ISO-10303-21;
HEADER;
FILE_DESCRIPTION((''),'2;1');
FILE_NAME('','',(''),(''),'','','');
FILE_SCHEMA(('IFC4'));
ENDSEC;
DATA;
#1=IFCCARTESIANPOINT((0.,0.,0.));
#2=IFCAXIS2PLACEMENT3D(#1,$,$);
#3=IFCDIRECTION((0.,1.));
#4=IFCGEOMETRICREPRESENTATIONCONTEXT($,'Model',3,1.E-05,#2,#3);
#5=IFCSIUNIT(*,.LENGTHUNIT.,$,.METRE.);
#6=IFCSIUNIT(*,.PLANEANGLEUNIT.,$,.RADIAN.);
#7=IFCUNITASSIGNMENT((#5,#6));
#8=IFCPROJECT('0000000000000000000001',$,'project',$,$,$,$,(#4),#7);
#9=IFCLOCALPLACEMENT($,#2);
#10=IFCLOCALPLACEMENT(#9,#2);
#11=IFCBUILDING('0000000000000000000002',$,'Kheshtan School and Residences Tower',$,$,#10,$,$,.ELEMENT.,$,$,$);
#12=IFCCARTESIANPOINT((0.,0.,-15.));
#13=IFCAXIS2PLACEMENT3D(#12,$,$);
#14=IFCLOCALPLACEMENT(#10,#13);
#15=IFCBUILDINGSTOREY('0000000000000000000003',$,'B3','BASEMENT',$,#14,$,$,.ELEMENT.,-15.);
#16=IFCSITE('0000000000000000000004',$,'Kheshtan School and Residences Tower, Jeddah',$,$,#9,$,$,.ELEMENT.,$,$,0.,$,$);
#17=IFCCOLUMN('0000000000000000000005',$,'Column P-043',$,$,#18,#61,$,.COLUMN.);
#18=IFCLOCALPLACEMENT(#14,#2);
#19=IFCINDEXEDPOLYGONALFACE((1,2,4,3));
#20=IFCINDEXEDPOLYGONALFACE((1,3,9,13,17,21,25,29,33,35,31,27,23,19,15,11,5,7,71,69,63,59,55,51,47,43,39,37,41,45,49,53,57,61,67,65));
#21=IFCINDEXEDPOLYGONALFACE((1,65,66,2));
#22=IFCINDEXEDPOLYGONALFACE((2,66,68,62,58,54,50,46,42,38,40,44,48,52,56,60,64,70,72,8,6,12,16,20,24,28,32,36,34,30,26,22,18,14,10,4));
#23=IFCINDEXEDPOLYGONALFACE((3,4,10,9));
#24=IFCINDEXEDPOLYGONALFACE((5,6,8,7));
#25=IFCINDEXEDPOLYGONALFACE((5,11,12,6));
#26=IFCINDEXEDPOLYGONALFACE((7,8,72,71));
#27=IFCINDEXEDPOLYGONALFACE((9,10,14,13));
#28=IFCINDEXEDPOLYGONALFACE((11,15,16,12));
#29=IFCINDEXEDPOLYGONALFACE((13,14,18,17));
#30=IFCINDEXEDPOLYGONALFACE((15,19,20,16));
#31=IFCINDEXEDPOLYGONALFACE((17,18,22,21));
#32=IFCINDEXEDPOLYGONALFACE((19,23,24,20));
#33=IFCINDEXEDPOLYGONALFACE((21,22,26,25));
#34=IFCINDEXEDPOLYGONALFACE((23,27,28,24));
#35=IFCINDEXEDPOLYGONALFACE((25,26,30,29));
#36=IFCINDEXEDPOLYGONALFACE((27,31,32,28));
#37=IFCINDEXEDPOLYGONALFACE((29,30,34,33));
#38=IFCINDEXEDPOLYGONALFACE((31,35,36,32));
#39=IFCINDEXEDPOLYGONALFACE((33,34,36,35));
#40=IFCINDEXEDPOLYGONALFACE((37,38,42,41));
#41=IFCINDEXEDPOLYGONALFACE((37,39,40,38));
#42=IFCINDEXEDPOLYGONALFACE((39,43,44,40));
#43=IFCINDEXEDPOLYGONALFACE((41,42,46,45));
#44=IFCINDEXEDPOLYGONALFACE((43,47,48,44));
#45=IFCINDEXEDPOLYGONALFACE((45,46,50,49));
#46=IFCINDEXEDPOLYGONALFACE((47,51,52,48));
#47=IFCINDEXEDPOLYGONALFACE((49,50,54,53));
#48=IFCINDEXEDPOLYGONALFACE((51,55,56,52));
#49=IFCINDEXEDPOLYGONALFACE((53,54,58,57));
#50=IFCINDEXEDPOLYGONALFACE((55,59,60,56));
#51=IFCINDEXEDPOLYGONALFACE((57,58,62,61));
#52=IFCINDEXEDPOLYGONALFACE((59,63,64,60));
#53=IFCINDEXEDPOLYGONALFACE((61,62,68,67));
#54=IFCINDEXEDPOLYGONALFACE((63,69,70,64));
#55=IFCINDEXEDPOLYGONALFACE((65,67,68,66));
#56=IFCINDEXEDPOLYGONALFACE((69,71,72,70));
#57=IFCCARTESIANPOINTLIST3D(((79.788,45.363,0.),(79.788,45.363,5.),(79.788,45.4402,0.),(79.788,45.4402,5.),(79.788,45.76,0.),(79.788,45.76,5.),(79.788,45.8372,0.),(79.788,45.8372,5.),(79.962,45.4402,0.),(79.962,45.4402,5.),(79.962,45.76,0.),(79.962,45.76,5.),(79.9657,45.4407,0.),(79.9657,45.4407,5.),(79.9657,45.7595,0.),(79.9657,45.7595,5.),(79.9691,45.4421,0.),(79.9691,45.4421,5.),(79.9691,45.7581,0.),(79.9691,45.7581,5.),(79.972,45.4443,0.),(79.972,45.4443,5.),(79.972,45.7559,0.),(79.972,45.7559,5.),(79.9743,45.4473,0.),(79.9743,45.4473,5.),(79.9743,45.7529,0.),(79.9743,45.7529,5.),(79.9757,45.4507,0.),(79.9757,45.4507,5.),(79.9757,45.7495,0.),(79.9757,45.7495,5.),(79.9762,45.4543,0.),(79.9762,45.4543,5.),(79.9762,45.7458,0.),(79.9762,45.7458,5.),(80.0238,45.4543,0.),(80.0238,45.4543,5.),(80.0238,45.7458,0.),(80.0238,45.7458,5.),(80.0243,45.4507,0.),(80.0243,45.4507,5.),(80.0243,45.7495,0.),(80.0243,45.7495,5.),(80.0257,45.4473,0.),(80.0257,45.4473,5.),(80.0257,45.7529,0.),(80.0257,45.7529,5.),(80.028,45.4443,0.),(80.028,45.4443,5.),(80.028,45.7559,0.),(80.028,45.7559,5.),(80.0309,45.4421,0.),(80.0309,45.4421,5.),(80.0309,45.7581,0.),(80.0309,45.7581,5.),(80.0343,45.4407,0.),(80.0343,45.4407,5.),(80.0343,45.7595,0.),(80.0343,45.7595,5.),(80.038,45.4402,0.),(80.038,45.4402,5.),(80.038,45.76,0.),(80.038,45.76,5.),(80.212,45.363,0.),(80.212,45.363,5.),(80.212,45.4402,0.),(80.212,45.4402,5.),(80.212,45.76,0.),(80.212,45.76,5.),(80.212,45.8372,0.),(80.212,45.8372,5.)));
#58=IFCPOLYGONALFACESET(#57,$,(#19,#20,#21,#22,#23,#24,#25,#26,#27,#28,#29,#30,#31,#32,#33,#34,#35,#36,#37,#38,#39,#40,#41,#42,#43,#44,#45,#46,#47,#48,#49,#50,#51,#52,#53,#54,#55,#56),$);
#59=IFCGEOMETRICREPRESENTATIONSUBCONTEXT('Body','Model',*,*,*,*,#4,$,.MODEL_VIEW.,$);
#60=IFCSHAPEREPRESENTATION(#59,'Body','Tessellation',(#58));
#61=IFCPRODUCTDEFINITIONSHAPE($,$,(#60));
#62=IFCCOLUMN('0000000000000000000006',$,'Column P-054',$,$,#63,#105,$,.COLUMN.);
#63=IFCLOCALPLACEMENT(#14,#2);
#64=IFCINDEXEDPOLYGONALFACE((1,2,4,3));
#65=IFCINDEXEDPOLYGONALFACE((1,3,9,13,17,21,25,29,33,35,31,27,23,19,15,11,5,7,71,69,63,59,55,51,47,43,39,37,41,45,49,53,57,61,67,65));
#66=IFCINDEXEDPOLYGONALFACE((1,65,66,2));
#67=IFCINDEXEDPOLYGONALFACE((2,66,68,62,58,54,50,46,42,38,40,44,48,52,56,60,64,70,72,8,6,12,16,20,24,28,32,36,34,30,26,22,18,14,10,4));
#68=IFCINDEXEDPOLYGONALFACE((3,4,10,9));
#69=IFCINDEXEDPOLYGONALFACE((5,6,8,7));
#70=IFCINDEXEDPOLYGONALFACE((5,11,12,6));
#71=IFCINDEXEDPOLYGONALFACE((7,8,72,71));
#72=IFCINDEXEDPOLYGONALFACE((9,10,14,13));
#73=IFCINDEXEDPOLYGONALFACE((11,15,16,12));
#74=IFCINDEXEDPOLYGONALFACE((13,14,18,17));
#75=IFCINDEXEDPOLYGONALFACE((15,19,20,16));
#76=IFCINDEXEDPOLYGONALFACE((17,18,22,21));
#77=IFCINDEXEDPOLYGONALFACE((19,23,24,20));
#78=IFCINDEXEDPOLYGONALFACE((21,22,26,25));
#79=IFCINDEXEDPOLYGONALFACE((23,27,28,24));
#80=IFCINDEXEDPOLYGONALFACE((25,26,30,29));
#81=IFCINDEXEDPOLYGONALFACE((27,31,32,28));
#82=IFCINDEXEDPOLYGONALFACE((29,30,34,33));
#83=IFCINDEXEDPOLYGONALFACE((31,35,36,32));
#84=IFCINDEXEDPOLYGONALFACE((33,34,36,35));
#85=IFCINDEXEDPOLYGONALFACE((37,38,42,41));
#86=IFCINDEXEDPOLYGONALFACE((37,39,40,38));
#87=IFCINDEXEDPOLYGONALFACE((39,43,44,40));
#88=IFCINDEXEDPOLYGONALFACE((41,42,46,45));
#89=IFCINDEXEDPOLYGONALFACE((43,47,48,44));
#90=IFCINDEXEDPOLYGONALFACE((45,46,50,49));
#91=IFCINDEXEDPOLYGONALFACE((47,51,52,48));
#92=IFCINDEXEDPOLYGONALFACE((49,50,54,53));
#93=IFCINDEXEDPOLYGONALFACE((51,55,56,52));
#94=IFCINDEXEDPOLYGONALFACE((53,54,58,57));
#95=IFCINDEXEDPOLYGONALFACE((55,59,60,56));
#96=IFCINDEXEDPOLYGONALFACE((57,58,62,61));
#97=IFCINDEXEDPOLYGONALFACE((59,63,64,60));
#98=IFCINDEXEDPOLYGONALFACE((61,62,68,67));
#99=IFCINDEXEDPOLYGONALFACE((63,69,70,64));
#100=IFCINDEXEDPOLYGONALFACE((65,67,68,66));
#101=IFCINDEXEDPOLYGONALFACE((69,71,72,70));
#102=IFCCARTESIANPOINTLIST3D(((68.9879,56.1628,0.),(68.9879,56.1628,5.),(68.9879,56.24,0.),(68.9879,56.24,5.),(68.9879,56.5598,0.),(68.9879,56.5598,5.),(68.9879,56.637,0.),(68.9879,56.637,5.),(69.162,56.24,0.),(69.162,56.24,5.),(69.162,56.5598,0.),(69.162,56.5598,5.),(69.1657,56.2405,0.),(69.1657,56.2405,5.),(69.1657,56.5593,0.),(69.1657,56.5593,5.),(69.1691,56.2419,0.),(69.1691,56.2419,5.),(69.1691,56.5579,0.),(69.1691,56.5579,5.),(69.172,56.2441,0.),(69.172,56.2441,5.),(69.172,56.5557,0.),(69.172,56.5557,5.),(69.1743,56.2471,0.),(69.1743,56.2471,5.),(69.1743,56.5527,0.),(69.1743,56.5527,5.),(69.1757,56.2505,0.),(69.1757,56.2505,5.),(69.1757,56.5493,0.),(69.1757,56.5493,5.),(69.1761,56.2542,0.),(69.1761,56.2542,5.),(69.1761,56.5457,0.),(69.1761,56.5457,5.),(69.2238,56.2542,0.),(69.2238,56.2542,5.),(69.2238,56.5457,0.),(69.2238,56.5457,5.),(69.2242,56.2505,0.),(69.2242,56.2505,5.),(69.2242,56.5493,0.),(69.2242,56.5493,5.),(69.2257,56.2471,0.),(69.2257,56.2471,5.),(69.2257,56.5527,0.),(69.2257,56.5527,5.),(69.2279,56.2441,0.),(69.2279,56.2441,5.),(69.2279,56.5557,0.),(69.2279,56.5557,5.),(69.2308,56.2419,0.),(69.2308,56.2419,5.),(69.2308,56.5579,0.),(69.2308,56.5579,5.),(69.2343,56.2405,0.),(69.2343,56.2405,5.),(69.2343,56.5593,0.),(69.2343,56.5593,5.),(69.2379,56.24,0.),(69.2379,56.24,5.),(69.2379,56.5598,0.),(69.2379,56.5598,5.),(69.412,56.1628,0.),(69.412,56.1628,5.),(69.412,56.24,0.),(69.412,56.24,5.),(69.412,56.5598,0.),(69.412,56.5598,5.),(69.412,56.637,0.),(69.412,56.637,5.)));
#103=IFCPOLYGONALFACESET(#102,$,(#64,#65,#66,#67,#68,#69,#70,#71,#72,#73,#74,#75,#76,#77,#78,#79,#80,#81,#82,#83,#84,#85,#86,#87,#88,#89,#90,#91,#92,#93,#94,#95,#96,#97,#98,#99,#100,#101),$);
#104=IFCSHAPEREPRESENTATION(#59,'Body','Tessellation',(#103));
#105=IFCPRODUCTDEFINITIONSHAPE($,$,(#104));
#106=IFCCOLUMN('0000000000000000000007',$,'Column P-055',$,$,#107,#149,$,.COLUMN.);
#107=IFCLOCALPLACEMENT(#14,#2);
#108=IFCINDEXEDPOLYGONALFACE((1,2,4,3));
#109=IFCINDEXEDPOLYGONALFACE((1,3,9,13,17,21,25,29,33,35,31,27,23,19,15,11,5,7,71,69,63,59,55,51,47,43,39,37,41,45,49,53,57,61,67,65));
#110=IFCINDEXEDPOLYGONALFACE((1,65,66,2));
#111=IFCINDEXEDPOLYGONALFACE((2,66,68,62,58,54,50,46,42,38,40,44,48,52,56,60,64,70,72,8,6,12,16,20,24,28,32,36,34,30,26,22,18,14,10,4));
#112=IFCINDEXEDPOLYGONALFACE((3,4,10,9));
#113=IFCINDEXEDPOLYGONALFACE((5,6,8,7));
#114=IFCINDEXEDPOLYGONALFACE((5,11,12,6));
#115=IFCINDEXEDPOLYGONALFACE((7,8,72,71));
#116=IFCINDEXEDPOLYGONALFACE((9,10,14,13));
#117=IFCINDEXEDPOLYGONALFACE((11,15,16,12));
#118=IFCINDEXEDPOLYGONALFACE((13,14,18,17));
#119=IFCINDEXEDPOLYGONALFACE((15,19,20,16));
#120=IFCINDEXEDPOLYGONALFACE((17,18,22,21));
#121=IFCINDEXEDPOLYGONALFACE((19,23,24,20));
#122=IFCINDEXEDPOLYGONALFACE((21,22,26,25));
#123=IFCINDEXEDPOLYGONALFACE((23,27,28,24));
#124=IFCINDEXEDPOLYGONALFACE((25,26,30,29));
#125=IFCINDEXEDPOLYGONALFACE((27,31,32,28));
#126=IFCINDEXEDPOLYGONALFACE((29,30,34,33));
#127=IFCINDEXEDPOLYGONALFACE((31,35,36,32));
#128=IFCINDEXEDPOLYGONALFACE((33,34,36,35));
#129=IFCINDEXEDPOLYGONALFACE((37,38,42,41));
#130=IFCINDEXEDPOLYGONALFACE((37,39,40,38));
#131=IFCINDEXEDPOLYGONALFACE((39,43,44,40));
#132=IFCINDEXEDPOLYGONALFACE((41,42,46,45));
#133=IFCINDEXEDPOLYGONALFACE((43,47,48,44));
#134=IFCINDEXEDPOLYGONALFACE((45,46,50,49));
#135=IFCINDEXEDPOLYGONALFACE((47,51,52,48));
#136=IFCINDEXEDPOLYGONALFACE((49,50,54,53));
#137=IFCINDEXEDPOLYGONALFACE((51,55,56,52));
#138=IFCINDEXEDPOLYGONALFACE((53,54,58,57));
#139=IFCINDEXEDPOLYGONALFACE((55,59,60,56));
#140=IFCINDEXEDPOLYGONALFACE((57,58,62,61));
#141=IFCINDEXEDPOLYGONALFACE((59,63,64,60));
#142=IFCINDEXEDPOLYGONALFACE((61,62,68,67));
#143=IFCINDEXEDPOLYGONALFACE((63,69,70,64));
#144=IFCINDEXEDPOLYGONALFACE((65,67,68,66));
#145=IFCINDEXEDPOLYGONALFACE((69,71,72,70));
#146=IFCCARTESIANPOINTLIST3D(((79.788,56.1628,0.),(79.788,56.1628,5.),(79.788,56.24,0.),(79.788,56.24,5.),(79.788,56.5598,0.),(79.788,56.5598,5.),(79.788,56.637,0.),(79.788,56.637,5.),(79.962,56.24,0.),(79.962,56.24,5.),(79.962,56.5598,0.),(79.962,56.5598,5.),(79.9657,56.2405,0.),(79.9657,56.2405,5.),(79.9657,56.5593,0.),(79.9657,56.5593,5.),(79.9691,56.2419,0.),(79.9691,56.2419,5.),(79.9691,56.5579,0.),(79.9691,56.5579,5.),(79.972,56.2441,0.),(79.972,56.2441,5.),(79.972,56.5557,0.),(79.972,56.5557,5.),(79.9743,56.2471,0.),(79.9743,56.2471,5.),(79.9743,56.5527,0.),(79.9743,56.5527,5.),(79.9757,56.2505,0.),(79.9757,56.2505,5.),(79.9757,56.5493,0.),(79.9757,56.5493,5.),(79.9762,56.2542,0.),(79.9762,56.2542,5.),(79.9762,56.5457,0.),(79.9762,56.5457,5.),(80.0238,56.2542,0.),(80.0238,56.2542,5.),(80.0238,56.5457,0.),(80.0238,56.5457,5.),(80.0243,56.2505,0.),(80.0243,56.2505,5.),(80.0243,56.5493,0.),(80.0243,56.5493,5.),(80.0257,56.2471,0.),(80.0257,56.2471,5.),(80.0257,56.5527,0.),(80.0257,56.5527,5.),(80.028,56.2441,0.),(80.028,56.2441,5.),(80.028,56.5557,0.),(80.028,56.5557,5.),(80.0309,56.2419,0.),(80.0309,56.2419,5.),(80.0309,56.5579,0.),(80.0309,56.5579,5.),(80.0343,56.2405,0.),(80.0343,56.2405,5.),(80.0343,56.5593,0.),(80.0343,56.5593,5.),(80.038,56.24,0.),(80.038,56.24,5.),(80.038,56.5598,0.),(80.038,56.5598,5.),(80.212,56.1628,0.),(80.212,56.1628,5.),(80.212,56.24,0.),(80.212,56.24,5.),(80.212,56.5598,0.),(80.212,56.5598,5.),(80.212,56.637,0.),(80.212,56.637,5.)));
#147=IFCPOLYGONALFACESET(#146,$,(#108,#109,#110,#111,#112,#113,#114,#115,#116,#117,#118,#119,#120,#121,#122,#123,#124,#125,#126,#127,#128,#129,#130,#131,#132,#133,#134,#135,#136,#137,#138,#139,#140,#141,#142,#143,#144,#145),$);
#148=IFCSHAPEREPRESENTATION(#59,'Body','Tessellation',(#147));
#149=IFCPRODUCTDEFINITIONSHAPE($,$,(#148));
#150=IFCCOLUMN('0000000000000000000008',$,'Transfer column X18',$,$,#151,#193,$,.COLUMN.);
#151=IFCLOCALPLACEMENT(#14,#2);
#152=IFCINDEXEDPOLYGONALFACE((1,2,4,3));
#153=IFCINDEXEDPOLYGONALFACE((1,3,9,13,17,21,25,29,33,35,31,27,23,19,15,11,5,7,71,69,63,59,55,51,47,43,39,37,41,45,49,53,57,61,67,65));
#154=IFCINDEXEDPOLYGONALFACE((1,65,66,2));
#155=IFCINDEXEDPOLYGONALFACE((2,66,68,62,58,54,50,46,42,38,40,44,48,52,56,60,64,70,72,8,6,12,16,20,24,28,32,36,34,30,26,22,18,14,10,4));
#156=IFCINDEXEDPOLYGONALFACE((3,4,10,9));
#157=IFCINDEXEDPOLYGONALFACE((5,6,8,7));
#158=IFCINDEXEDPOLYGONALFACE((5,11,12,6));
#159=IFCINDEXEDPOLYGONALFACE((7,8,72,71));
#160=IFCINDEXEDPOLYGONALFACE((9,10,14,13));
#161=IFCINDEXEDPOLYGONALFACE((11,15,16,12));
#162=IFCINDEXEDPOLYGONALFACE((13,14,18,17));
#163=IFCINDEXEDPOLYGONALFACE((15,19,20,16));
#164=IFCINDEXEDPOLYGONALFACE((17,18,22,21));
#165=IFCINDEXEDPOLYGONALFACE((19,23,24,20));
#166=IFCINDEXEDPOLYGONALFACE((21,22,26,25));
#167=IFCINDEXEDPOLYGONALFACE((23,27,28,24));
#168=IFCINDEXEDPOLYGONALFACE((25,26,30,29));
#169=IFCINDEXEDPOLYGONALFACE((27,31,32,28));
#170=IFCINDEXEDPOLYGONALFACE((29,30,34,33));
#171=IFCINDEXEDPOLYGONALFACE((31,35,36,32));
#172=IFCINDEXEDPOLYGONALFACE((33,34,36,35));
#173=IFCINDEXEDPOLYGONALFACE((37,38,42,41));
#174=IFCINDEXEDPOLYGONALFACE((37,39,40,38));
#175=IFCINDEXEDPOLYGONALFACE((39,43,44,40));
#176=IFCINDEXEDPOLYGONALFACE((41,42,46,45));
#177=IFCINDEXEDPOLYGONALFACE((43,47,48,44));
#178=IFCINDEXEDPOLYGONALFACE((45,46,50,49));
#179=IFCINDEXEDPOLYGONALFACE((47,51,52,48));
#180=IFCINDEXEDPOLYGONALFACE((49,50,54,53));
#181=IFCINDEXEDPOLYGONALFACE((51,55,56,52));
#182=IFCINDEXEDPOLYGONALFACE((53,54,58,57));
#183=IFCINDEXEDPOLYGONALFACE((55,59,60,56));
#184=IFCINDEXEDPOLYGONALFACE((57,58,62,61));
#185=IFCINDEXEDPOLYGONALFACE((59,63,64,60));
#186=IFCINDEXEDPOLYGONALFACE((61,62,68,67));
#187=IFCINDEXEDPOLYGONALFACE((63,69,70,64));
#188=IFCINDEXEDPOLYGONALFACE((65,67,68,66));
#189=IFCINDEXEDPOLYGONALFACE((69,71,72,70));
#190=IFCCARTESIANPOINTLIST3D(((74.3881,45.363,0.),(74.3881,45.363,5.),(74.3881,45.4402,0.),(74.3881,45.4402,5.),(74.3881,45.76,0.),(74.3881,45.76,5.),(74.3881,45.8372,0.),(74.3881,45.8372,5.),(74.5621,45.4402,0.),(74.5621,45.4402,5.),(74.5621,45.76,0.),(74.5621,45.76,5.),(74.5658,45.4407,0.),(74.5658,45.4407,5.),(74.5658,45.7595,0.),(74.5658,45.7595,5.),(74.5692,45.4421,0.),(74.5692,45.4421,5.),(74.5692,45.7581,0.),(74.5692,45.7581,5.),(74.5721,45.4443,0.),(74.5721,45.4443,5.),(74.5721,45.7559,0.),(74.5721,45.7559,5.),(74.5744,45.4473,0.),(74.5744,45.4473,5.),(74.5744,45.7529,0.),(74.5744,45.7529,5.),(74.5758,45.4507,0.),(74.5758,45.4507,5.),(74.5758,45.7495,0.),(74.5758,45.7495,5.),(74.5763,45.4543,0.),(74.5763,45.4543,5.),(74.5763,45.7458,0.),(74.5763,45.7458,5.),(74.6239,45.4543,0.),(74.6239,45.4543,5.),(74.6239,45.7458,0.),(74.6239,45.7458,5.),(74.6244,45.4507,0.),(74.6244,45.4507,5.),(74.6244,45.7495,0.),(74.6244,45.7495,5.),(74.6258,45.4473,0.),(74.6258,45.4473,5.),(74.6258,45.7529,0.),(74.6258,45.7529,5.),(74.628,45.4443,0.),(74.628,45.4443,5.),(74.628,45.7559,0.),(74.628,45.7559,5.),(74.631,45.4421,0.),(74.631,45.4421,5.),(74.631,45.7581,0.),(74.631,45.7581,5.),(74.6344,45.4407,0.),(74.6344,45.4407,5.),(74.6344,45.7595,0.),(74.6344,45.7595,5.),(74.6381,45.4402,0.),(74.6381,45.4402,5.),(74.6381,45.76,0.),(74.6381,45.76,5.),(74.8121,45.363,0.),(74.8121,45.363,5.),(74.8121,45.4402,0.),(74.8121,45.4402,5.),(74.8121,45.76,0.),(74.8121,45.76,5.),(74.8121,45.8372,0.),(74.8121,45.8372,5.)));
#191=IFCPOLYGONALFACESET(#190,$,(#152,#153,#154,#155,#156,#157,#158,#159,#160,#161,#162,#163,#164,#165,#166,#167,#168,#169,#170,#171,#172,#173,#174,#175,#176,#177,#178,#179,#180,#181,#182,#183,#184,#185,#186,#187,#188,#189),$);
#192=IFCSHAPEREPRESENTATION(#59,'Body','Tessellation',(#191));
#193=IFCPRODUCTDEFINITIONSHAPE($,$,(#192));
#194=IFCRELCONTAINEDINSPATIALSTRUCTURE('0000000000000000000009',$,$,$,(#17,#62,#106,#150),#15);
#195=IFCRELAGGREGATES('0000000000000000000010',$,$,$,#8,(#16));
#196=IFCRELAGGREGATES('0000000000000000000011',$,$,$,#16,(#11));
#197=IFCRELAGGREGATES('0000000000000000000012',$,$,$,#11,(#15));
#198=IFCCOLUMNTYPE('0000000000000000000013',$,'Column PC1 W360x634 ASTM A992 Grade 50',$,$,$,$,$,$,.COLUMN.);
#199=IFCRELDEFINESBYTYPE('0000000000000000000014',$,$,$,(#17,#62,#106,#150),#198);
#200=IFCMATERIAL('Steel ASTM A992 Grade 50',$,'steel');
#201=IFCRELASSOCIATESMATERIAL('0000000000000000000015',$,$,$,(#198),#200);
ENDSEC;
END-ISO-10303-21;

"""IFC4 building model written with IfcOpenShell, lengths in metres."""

from ifc_helpers import new_model, si_unit, direction, frame, origin, origin_2d, place, context, subcontext, project, spatial, i_section, extrude, material, material_profile, profile_set, type_object, element, save


model = new_model("IFC4")

# Units and contexts
model_context = context("Model", 3, precision=1e-05, world=origin(), true_north=direction((0.0, 1.0)))
body_context = subcontext(model_context, "Body", "Model", "MODEL_VIEW")
ifc_project = project(units=[si_unit("LENGTHUNIT", "METRE"), si_unit("PLANEANGLEUNIT", "RADIAN")], contexts=[model_context])

# Site, building, storey
site_placement = place(None, origin())
site = spatial("IfcSite", under=ifc_project, at=site_placement, Name="Kheshtan School and Residences Tower, Jeddah", CompositionType="ELEMENT", RefElevation=0.0)
building_placement = place(site_placement, origin())
building = spatial("IfcBuilding", under=site, at=building_placement, Name="Kheshtan School and Residences Tower", CompositionType="ELEMENT")
storey_placement = place(building_placement, frame((0.0, 0.0, -15.0)))
storey = spatial("IfcBuildingStorey", under=building, at=storey_placement, Name="B3", Description="BASEMENT", CompositionType="ELEMENT", Elevation=-15.0)

# Columns
ifc_material_1 = material(Name="Steel ASTM A992 Grade 50", Category="steel")
ifc_material_profile_1 = material_profile(ifc_material_1, i_section(OverallWidth=0.4241, OverallDepth=0.4741, WebThickness=0.0476, FlangeThickness=0.0771, FilletRadius=0.0142, at=origin_2d()), Name="W360x634")
ifc_profile_set_1 = profile_set([ifc_material_profile_1], Name="Steel ASTM A992 Grade 50")
column_type = type_object("IfcColumnType", Name="Column PC1 W360x634 ASTM A992 Grade 50", PredefinedType="COLUMN", material=ifc_profile_set_1)
for number, where, z_axis, x_axis, name in (
    (1, (80.0, 45.6001, 0.0), (0.0, 0.0, 1.0), (1.0, 0.0, 0.0), "Column P-043"),
    (2, (69.2, 56.3999, 0.0), (0.0, 0.0, 1.0), (1.0, 0.0, 0.0), "Column P-054"),
    (3, (80.0, 56.3999, 0.0), (0.0, 0.0, 1.0), (1.0, 0.0, 0.0), "Column P-055"),
    (4, (74.6001, 45.6001, 0.0), (0.0, 0.0, 1.0), (1.0, 0.0, 0.0), "Transfer column X18"),
):
    element("IfcColumn", number, at=place(storey_placement, frame(where, z_axis=z_axis, x_axis=x_axis)), inside=storey, type_object=column_type, Name=name, PredefinedType="COLUMN", context=body_context, shape_type="SweptSolid", body=[
        extrude(i_section(OverallWidth=0.4241, OverallDepth=0.4741, WebThickness=0.0476, FlangeThickness=0.0771, FilletRadius=0.0142, at=origin_2d()), origin(), (0.0, 0.0, 1.0), 5.0),
    ])

save(model, "model.ifc")
